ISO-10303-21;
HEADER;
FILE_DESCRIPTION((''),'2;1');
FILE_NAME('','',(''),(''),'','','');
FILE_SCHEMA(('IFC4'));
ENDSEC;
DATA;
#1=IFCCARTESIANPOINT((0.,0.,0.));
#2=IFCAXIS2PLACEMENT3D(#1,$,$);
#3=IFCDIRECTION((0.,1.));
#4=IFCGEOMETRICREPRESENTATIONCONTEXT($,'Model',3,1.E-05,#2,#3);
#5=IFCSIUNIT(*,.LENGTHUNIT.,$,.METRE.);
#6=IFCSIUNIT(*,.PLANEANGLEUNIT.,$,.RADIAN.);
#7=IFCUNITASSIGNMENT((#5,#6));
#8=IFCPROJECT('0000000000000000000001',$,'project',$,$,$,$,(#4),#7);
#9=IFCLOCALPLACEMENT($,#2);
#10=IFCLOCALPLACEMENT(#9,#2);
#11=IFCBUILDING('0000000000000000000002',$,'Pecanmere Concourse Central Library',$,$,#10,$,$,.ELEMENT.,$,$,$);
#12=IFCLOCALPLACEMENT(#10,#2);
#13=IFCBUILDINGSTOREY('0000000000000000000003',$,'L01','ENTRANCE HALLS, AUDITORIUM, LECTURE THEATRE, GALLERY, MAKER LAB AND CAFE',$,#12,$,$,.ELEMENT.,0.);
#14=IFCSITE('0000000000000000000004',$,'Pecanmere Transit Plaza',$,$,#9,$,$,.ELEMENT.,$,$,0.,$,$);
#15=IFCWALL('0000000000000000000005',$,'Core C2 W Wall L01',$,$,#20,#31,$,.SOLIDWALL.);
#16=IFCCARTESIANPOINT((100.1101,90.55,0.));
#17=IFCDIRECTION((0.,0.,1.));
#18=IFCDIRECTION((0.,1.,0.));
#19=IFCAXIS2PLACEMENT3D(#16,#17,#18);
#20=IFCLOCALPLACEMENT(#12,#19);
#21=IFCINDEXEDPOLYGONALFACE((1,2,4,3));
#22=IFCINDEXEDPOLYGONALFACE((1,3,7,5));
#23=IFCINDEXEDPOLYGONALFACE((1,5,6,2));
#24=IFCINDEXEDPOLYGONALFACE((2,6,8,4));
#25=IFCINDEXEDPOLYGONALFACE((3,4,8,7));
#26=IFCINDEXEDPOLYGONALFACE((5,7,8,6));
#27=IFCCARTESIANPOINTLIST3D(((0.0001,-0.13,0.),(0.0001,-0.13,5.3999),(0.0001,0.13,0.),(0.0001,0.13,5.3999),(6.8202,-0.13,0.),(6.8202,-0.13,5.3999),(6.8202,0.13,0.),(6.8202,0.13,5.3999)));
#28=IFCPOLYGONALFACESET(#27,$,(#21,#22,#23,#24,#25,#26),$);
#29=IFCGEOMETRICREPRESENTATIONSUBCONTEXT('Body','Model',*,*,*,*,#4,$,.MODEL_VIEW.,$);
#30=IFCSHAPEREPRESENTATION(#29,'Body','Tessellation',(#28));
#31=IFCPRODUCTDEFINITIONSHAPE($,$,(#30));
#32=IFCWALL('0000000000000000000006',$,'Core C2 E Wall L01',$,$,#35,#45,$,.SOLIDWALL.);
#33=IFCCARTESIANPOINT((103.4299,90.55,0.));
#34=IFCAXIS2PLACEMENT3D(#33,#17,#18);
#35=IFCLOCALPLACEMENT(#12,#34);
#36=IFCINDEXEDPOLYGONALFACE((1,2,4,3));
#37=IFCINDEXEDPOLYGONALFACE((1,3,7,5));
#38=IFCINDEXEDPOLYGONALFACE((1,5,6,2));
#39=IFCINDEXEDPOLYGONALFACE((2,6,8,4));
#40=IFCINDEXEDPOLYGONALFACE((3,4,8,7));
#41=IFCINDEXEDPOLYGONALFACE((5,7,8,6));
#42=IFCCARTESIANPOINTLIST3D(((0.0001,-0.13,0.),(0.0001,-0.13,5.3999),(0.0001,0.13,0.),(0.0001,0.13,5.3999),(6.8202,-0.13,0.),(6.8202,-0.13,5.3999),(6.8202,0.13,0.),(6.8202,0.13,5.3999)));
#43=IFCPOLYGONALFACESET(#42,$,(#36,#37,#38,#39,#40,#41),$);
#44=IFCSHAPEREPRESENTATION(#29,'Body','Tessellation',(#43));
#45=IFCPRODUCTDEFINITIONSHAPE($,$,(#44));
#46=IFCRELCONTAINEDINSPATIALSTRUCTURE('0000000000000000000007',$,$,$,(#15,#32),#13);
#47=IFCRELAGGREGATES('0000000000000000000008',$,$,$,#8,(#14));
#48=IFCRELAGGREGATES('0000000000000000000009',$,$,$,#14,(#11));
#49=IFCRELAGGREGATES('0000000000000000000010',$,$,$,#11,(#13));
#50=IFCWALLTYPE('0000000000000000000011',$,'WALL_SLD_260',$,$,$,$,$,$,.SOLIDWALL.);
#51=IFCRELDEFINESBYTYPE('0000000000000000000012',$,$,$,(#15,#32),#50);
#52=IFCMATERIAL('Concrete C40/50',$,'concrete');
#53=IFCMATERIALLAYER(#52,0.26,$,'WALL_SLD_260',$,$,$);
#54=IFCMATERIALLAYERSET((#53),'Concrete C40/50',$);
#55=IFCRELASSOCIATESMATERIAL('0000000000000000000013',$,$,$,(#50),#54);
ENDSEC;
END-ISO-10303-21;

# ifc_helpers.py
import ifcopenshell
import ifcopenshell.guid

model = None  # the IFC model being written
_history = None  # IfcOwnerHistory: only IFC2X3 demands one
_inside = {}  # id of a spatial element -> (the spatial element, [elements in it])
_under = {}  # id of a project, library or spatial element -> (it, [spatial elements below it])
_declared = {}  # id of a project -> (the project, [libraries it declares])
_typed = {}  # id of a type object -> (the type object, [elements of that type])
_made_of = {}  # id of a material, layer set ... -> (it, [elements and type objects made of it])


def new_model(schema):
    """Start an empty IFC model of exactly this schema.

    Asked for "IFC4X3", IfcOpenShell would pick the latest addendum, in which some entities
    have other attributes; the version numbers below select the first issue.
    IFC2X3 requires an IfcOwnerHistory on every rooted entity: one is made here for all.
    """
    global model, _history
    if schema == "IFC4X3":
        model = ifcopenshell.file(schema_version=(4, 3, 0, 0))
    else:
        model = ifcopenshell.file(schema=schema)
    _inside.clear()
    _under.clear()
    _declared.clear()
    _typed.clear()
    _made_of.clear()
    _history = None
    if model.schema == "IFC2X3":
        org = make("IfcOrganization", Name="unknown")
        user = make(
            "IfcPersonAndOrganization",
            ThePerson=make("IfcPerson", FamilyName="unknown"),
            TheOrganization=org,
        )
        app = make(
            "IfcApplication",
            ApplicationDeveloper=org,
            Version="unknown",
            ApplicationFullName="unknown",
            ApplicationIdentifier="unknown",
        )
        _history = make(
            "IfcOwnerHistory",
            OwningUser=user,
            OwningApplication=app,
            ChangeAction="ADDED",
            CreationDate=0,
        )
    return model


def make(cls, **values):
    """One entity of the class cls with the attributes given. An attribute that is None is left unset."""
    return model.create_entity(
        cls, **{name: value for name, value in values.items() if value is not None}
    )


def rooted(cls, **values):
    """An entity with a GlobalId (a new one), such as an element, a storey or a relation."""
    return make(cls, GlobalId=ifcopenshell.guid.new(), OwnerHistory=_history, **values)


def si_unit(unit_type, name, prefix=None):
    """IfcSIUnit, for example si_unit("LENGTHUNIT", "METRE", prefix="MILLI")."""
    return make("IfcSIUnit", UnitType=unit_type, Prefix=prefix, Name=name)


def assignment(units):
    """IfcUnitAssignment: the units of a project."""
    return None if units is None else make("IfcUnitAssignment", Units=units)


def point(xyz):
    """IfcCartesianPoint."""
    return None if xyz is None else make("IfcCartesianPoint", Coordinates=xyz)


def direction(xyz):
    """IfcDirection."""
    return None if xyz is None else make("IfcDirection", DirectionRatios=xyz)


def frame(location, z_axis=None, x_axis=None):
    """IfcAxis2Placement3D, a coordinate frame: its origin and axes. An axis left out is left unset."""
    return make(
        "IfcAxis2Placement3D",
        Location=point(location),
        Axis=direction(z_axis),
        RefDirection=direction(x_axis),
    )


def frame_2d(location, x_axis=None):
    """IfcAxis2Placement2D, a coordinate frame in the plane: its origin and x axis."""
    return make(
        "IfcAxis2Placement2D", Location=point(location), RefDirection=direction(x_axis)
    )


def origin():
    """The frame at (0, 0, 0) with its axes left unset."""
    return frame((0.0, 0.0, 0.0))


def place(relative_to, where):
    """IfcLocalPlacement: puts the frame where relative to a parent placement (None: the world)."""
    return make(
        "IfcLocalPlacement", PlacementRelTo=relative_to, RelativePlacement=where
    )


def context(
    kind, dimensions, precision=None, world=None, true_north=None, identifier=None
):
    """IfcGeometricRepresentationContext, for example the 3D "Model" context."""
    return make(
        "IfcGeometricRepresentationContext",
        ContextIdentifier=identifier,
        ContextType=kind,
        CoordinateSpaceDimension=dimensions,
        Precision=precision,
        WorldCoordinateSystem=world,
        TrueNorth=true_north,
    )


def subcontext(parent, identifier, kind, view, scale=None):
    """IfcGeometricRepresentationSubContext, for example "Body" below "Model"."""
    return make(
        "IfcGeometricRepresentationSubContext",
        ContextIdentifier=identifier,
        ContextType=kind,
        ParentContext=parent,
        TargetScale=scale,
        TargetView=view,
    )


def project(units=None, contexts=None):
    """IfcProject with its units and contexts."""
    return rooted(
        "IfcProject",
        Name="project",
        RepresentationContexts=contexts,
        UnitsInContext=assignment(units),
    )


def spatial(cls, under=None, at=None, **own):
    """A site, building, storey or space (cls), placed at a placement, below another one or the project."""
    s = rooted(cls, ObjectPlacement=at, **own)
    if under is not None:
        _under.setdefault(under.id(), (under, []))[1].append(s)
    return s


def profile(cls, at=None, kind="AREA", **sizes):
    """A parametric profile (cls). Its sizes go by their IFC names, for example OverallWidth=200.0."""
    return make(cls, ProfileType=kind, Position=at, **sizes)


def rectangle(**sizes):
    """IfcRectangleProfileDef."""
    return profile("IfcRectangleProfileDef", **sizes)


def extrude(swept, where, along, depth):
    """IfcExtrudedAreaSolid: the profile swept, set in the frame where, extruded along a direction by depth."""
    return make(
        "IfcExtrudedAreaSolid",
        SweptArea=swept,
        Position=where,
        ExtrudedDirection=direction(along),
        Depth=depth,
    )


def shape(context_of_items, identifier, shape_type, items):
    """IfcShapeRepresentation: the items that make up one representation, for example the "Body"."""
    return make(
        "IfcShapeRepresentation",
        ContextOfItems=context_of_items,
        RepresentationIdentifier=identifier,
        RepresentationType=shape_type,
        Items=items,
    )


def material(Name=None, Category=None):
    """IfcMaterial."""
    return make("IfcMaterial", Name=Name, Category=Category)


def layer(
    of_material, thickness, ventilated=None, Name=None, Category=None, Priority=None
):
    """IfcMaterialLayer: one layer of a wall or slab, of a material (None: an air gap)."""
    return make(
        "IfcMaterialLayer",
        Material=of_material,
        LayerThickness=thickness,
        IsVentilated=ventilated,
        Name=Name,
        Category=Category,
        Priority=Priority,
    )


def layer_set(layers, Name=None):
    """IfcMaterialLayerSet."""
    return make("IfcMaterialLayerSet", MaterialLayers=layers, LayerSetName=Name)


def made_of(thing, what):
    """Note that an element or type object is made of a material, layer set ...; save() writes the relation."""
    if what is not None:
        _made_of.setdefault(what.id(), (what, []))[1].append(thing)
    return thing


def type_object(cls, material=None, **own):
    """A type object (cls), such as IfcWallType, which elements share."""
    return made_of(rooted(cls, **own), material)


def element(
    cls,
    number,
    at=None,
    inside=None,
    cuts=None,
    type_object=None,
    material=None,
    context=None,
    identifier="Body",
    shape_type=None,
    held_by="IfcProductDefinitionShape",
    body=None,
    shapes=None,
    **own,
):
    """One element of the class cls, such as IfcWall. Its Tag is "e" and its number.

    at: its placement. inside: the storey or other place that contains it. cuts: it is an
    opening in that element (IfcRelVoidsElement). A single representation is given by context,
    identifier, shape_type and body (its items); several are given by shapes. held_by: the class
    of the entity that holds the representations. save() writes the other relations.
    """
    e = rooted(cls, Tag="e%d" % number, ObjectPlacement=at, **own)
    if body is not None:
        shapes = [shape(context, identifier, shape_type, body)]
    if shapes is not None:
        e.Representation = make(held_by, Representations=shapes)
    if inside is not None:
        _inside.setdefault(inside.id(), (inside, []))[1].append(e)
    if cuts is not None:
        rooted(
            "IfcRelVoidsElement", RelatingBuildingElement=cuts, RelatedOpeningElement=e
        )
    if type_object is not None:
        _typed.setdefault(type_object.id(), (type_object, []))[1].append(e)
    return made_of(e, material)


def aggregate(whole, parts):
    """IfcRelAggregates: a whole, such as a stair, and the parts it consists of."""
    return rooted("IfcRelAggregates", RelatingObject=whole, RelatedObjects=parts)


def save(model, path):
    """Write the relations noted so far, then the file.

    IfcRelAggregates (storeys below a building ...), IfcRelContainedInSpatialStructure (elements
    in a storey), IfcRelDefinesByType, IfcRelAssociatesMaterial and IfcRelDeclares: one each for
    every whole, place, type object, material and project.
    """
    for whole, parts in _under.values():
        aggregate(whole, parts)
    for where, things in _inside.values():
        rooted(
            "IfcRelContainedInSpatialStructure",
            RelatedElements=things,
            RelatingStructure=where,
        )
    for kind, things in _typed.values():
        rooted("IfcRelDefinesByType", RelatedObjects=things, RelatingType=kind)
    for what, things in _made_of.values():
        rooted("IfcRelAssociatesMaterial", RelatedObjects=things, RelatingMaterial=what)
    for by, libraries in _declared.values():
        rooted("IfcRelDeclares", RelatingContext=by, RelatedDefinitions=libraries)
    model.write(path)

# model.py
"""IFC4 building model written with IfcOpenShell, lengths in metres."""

from ifc_helpers import new_model, si_unit, direction, frame, frame_2d, origin, place, context, subcontext, project, spatial, rectangle, extrude, material, layer, layer_set, type_object, element, save


model = new_model("IFC4")

# Units and contexts
model_context = context("Model", 3, precision=1e-05, world=origin(), true_north=direction((0.0, 1.0)))
body_context = subcontext(model_context, "Body", "Model", "MODEL_VIEW")
ifc_project = project(units=[si_unit("LENGTHUNIT", "METRE"), si_unit("PLANEANGLEUNIT", "RADIAN")], contexts=[model_context])

# Site, building, storey
site_placement = place(None, origin())
site = spatial("IfcSite", under=ifc_project, at=site_placement, Name="Pecanmere Transit Plaza", CompositionType="ELEMENT", RefElevation=0.0)
building_placement = place(site_placement, origin())
building = spatial("IfcBuilding", under=site, at=building_placement, Name="Pecanmere Concourse Central Library", CompositionType="ELEMENT")
storey_placement = place(building_placement, origin())
storey = spatial("IfcBuildingStorey", under=building, at=storey_placement, Name="L01", Description="ENTRANCE HALLS, AUDITORIUM, LECTURE THEATRE, GALLERY, MAKER LAB AND CAFE", CompositionType="ELEMENT", Elevation=0.0)

# Shared definitions
ifc_material_1 = material(Name="Concrete C40/50", Category="concrete")
ifc_layer_1 = layer(ifc_material_1, 0.26, Name="WALL_SLD_260")
ifc_layer_set_1 = layer_set([ifc_layer_1], Name="Concrete C40/50")
wall_type_1 = type_object("IfcWallType", Name="WALL_SLD_260", PredefinedType="SOLIDWALL", material=ifc_layer_set_1)

# Walls
for number, where, z_axis, x_axis, name in (
    (1, (100.1101, 90.55, 0.0), (0.0, 0.0, 1.0), (0.0, 1.0, 0.0), "Core C2 W Wall L01"),
    (2, (103.4299, 90.55, 0.0), (0.0, 0.0, 1.0), (0.0, 1.0, 0.0), "Core C2 E Wall L01"),
):
    element("IfcWall", number, at=place(storey_placement, frame(where, z_axis=z_axis, x_axis=x_axis)), inside=storey, type_object=wall_type_1, Name=name, PredefinedType="SOLIDWALL", context=body_context, shape_type="SweptSolid", body=[
        extrude(rectangle(XDim=6.8201, YDim=0.26, at=frame_2d((3.4102, 0.0))), origin(), (0.0, 0.0, 1.0), 5.3999),
    ])

save(model, "model.ifc")
